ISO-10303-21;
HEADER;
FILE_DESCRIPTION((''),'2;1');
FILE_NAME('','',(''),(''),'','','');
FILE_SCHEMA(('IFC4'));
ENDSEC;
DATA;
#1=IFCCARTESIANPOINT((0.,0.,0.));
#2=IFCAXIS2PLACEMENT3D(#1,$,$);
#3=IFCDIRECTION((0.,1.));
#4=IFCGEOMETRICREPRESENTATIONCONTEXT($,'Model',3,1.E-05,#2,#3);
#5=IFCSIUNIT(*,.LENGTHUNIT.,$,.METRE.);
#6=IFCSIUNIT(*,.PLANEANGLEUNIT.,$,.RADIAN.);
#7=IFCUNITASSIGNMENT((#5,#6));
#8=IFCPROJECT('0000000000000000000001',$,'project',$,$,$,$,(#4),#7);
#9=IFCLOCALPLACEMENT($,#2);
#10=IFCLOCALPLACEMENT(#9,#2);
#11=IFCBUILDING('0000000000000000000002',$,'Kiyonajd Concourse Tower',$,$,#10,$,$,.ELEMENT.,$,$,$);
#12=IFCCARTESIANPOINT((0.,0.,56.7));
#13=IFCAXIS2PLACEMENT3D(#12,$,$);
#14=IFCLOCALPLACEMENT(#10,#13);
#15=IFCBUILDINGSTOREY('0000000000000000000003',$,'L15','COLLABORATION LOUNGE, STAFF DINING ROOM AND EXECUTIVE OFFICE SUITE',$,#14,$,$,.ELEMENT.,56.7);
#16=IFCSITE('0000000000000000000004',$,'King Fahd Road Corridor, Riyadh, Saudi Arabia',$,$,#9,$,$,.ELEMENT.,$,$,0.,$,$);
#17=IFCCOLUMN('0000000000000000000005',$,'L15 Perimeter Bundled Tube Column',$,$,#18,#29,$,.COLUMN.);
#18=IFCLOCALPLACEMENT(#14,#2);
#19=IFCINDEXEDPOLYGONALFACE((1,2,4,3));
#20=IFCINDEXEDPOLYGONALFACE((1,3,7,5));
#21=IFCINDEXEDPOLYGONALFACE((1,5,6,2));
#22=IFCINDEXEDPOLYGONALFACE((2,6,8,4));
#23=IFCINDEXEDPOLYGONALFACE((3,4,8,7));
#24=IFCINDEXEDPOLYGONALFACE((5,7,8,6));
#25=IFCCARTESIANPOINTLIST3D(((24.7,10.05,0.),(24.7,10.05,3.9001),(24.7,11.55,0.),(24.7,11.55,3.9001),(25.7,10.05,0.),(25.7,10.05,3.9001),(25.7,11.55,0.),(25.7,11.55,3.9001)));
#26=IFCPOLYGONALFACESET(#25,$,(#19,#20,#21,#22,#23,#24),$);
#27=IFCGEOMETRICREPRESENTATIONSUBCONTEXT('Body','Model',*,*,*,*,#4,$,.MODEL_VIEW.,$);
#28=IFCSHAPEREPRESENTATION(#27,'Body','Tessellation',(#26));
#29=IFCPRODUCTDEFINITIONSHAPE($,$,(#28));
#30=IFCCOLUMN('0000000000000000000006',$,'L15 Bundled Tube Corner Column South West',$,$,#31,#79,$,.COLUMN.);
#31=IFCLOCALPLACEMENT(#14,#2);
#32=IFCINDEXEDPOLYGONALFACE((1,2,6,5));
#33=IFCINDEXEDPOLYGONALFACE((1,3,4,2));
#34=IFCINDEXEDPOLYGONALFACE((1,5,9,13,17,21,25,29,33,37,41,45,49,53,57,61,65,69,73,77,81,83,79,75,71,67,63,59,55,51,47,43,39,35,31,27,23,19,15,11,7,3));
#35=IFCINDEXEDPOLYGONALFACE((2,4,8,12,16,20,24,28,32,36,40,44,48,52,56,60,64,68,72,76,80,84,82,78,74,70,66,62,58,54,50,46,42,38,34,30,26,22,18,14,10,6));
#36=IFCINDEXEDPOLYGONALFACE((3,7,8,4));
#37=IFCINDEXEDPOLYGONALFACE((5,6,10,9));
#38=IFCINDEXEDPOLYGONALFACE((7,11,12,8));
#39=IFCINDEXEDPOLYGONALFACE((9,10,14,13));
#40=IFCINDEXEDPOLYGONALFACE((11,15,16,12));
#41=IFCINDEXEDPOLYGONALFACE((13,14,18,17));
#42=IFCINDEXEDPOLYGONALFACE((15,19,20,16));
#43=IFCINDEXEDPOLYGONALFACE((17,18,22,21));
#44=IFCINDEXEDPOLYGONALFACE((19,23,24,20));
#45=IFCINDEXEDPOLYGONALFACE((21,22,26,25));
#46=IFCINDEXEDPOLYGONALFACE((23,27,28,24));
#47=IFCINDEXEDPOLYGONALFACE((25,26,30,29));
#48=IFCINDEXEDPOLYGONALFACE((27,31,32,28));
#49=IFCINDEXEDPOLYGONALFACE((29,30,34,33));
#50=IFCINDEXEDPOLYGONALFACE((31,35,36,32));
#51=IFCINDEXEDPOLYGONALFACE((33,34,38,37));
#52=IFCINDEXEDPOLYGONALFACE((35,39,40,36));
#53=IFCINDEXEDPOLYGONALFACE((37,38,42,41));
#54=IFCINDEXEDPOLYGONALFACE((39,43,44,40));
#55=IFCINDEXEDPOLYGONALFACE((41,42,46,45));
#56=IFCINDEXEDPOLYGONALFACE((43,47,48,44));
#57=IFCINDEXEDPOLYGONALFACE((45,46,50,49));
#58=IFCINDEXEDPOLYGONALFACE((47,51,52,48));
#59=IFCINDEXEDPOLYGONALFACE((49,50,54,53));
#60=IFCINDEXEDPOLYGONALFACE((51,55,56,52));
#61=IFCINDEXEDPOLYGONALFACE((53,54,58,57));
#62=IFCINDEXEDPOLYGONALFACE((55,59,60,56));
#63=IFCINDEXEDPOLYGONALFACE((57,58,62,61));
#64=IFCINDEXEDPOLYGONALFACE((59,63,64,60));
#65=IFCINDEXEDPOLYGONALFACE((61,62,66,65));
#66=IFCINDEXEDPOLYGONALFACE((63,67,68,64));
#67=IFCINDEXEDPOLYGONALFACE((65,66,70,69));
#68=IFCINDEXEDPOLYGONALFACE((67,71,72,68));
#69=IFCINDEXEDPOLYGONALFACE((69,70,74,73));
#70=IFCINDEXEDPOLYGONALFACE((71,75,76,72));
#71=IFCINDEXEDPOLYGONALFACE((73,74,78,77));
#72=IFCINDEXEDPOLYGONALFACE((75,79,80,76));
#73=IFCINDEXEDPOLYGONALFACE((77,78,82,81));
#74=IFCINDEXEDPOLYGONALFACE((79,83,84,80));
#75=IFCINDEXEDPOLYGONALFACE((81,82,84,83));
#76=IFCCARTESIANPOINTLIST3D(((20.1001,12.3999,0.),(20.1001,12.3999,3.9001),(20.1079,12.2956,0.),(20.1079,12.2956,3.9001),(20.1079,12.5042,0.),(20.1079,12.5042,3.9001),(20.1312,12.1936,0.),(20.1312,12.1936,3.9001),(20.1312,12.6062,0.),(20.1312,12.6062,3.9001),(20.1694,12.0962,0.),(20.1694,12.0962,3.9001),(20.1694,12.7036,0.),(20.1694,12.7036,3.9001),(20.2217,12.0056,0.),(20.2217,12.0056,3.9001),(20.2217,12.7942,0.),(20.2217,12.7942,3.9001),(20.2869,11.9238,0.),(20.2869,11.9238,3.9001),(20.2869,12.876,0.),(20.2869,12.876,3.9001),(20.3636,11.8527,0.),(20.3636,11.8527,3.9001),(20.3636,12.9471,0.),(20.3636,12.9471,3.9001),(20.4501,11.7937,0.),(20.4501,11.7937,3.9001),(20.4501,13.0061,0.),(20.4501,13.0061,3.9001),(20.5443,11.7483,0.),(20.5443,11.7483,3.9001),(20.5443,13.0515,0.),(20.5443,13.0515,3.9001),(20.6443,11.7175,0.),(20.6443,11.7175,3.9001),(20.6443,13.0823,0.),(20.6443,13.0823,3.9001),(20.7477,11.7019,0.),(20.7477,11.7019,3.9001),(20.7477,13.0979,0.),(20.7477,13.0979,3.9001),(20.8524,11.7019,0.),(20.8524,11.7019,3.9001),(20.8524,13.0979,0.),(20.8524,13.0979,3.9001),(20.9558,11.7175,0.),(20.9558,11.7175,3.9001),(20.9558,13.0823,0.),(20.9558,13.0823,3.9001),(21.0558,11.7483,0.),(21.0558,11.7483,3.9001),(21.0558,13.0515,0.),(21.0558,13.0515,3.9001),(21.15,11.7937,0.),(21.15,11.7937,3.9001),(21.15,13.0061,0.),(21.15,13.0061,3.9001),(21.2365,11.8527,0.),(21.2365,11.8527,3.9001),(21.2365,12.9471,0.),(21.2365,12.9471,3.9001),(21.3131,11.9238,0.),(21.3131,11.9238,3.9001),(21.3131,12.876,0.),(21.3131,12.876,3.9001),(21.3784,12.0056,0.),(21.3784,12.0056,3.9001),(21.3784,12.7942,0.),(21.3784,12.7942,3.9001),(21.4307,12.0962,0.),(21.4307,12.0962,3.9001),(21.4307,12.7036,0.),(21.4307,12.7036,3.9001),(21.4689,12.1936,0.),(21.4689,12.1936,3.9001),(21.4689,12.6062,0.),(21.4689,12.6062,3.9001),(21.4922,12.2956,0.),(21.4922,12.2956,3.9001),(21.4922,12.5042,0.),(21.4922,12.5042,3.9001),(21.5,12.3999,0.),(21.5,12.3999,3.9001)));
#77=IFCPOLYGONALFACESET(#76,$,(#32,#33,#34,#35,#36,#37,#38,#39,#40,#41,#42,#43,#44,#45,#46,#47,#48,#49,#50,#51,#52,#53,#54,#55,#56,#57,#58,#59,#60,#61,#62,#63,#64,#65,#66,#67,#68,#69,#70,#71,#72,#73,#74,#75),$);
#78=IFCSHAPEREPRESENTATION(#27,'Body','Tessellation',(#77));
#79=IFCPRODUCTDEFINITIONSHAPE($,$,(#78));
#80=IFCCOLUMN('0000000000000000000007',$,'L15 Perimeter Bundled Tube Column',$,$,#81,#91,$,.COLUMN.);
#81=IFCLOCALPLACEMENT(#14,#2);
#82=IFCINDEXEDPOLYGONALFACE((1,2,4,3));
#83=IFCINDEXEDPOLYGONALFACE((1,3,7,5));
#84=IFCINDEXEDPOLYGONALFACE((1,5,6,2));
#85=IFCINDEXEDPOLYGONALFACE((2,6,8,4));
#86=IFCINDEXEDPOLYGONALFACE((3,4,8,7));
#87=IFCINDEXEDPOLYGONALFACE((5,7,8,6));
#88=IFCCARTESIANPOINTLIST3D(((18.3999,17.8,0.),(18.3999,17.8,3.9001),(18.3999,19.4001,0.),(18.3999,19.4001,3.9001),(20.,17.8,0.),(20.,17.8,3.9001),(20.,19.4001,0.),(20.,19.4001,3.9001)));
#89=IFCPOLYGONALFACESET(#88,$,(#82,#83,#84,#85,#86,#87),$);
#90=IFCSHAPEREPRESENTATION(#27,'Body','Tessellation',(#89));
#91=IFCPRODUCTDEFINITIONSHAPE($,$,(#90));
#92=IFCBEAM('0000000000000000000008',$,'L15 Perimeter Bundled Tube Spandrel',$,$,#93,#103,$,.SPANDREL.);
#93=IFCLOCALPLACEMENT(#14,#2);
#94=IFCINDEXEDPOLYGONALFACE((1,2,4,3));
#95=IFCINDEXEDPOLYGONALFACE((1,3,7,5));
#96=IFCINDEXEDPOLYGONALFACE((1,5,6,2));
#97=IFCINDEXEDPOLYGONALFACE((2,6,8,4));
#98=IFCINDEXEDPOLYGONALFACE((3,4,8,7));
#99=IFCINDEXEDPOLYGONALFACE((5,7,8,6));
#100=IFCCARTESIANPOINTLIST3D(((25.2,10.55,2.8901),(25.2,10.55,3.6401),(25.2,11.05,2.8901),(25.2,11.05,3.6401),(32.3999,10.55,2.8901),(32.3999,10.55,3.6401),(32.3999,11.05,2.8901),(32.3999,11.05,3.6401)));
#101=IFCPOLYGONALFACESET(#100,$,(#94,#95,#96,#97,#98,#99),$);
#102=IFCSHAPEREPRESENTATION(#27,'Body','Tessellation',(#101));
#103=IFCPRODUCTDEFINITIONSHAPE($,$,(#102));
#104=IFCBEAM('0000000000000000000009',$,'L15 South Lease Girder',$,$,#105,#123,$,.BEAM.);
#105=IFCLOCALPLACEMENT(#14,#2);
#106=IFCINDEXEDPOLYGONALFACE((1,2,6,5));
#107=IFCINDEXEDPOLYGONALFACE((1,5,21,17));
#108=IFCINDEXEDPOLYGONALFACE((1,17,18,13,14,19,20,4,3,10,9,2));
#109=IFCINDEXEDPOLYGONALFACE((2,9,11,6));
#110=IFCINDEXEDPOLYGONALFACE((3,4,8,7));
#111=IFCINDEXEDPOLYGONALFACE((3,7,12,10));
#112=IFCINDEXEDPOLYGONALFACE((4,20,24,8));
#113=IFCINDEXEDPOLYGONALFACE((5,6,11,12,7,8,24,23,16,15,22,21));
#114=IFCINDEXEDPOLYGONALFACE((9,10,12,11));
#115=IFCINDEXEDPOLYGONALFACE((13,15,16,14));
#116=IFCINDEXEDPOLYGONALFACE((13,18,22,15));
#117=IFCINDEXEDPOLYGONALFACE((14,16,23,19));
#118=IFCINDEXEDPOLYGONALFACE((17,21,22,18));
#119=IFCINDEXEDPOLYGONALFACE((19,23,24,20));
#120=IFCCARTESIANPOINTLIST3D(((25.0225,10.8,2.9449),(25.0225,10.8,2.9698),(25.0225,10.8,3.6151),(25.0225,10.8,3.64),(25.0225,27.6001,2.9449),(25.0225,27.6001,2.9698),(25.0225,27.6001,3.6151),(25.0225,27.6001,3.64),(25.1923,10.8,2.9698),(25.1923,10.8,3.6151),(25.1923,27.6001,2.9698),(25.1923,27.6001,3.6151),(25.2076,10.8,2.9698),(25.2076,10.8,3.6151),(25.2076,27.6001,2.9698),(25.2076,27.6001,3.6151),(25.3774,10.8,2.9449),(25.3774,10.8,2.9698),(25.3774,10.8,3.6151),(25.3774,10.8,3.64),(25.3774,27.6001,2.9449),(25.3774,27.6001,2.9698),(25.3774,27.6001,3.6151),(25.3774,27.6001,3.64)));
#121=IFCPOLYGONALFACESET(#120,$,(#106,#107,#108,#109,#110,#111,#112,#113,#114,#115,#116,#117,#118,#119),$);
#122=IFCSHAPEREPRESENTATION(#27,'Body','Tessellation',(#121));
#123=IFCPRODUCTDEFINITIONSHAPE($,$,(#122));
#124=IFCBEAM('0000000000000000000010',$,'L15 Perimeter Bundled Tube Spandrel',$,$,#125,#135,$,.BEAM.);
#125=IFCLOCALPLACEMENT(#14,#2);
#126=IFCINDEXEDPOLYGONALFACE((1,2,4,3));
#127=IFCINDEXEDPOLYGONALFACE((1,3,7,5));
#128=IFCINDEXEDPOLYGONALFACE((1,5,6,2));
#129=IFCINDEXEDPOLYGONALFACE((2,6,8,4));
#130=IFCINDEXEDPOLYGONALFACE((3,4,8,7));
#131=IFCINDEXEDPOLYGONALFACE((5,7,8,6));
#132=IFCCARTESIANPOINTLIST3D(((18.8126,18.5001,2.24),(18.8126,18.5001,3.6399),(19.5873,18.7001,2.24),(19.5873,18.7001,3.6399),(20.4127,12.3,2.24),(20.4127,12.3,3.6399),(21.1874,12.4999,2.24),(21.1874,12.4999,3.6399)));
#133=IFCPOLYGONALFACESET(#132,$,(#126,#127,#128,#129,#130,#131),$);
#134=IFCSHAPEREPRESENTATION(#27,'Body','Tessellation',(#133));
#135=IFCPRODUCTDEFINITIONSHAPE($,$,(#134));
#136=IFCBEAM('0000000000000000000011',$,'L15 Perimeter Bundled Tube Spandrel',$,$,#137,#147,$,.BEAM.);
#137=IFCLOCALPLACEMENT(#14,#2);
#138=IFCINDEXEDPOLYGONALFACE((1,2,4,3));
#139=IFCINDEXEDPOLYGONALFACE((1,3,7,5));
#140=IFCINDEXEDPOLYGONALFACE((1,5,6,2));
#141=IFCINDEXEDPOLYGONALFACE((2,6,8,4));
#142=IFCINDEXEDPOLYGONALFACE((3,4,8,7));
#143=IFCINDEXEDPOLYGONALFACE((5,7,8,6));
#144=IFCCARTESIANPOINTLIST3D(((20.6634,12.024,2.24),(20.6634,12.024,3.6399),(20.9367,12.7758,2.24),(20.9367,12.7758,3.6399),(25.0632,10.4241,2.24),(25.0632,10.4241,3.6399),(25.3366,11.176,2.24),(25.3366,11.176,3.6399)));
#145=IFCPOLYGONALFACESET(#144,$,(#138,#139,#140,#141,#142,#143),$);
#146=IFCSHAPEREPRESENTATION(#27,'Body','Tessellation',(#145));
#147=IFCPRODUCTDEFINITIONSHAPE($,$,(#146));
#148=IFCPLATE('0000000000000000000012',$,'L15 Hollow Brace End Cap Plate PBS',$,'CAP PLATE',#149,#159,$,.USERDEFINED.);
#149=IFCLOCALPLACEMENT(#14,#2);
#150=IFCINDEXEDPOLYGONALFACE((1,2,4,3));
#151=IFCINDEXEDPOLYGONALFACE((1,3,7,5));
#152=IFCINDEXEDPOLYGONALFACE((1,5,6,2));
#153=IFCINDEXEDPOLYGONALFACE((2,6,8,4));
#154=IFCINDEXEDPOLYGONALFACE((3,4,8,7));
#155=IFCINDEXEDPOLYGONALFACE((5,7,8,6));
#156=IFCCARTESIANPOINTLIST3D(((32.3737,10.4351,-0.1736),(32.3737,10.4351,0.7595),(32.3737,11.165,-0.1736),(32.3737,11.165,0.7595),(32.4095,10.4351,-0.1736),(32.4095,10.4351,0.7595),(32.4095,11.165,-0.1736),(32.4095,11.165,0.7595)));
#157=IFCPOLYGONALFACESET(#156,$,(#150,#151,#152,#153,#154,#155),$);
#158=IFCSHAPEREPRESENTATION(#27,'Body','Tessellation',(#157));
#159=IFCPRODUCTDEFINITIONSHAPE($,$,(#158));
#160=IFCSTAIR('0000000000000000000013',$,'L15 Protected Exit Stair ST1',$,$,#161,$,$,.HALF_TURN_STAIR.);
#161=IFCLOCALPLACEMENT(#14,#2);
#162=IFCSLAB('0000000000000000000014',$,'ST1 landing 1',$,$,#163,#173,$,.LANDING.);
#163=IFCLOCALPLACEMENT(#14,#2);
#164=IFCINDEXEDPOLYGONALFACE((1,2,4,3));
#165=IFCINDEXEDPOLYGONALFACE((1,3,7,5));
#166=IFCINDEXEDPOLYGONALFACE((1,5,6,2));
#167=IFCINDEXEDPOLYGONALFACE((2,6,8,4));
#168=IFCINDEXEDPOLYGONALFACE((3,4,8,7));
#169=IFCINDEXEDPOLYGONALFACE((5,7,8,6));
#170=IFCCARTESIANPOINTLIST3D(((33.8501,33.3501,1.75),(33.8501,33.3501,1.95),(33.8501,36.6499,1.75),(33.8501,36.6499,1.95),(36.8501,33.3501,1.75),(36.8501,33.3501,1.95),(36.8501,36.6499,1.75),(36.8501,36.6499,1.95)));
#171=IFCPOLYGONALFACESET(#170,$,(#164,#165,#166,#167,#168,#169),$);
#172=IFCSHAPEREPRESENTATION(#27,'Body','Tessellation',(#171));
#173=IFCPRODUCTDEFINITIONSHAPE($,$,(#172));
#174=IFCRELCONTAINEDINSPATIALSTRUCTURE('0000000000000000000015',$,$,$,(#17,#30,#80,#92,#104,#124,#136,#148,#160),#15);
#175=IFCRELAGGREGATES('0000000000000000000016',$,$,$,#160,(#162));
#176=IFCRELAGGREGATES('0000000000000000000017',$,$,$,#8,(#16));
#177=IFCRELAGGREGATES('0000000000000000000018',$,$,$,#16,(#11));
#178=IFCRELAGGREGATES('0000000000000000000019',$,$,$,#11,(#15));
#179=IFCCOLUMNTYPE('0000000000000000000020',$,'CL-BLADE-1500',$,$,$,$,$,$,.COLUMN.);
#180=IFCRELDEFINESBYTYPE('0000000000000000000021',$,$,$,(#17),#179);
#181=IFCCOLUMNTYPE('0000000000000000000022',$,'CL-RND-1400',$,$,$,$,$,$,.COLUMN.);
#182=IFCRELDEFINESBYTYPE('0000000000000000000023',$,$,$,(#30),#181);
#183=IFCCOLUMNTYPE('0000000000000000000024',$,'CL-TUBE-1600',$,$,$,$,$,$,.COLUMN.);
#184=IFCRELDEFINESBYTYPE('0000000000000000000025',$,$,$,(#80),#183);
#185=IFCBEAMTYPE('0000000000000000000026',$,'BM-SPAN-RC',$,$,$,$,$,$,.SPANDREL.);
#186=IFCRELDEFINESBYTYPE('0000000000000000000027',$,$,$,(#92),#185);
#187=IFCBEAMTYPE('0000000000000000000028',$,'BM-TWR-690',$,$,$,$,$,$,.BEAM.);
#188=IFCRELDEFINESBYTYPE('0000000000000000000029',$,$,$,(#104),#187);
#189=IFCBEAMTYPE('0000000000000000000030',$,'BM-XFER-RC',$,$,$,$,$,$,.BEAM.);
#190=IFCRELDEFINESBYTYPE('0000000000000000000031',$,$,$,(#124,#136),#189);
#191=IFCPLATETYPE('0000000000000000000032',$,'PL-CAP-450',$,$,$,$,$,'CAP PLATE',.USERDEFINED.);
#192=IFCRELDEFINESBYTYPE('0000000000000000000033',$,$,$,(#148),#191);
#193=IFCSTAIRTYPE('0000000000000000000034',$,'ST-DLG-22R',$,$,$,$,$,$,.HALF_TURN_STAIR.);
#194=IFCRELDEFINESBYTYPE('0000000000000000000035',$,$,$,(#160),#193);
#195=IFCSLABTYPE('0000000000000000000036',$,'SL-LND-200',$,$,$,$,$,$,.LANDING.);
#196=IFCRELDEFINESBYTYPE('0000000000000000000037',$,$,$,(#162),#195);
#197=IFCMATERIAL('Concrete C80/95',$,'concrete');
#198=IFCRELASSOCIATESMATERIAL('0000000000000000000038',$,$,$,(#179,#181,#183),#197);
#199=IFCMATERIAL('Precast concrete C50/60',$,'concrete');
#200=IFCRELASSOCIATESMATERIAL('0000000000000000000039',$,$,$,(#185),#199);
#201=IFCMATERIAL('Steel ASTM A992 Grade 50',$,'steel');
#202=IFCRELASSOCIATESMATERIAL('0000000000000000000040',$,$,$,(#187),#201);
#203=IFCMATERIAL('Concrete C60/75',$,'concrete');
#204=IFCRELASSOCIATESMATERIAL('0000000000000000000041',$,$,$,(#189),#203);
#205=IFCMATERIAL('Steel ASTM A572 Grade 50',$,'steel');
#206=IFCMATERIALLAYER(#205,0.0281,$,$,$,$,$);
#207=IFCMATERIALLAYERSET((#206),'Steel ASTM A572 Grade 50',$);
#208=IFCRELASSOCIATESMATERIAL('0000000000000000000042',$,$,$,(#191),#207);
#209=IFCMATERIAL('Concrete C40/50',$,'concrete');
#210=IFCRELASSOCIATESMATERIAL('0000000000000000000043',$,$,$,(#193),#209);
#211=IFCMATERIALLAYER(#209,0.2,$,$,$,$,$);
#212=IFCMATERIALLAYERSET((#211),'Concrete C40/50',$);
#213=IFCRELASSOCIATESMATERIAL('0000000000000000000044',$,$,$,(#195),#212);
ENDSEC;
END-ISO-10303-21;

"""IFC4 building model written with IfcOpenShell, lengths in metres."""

from ifc_helpers import new_model, si_unit, direction, frame, origin, origin_2d, place, context, subcontext, project, spatial, polyline, rectangle, circle, i_section, outline, extrude, material, layer, layer_set, material_profile, profile_set, type_object, element, aggregate, save


model = new_model("IFC4")

# Units and contexts
model_context = context("Model", 3, precision=1e-05, world=origin(), true_north=direction((0.0, 1.0)))
body_context = subcontext(model_context, "Body", "Model", "MODEL_VIEW")
ifc_project = project(units=[si_unit("LENGTHUNIT", "METRE"), si_unit("PLANEANGLEUNIT", "RADIAN")], contexts=[model_context])

# Site, building, storey
site_placement = place(None, origin())
site = spatial("IfcSite", under=ifc_project, at=site_placement, Name="King Fahd Road Corridor, Riyadh, Saudi Arabia", CompositionType="ELEMENT", RefElevation=0.0)
building_placement = place(site_placement, origin())
building = spatial("IfcBuilding", under=site, at=building_placement, Name="Kiyonajd Concourse Tower", CompositionType="ELEMENT")
storey_placement = place(building_placement, frame((0.0, 0.0, 56.7)))
storey = spatial("IfcBuildingStorey", under=building, at=storey_placement, Name="L15", Description="COLLABORATION LOUNGE, STAFF DINING ROOM AND EXECUTIVE OFFICE SUITE", CompositionType="ELEMENT", Elevation=56.7)

# Columns
ifc_material_1 = material(Name="Concrete C80/95", Category="concrete")
ifc_material_profile_1 = material_profile(ifc_material_1, rectangle(XDim=1.0, YDim=1.5, at=origin_2d()), Name="RC-1500x1000")
ifc_profile_set_1 = profile_set([ifc_material_profile_1], Name="Concrete C80/95")
column_type_1 = type_object("IfcColumnType", Name="CL-BLADE-1500", PredefinedType="COLUMN", material=ifc_profile_set_1)
column_1_placement = place(storey_placement, frame((25.2, 10.8, 0.0), z_axis=(0.0, 0.0, 1.0), x_axis=(1.0, 0.0, 0.0)))
element("IfcColumn", 1, at=column_1_placement, inside=storey, type_object=column_type_1, Name="L15 Perimeter Bundled Tube Column", PredefinedType="COLUMN", context=body_context, shape_type="SweptSolid", body=[
    extrude(rectangle(XDim=1.0, YDim=1.5, at=origin_2d()), origin(), (0.0, 0.0, 1.0), 3.9001),
])
ifc_material_profile_2 = material_profile(ifc_material_1, circle(Radius=0.7, at=origin_2d()), Name="RCC-D1400")
ifc_profile_set_2 = profile_set([ifc_material_profile_2], Name="Concrete C80/95")
column_type_2 = type_object("IfcColumnType", Name="CL-RND-1400", PredefinedType="COLUMN", material=ifc_profile_set_2)
column_2_placement = place(storey_placement, frame((20.8, 12.3999, 0.0), z_axis=(0.0, 0.0, 1.0), x_axis=(1.0, 0.0, 0.0)))
element("IfcColumn", 2, at=column_2_placement, inside=storey, type_object=column_type_2, Name="L15 Bundled Tube Corner Column South West", PredefinedType="COLUMN", context=body_context, shape_type="SweptSolid", body=[
    extrude(circle(Radius=0.7, at=origin_2d()), origin(), (0.0, 0.0, 1.0), 3.9001),
])
ifc_material_profile_3 = material_profile(ifc_material_1, rectangle(XDim=1.6001, YDim=1.6001, at=origin_2d()), Name="RC-1600x1600")
ifc_profile_set_3 = profile_set([ifc_material_profile_3], Name="Concrete C80/95")
column_type_3 = type_object("IfcColumnType", Name="CL-TUBE-1600", PredefinedType="COLUMN", material=ifc_profile_set_3)
column_3_placement = place(storey_placement, frame((19.2, 18.6001, 0.0), z_axis=(0.0, 0.0, 1.0), x_axis=(1.0, 0.0, 0.0)))
element("IfcColumn", 3, at=column_3_placement, inside=storey, type_object=column_type_3, Name="L15 Perimeter Bundled Tube Column", PredefinedType="COLUMN", context=body_context, shape_type="SweptSolid", body=[
    extrude(rectangle(XDim=1.6001, YDim=1.6001, at=origin_2d()), origin(), (0.0, 0.0, 1.0), 3.9001),
])

# Beams
ifc_material_2 = material(Name="Precast concrete C50/60", Category="concrete")
ifc_material_profile_4 = material_profile(ifc_material_2, rectangle(XDim=0.5, YDim=0.75, at=origin_2d()), Name="RCBM-500x750")
ifc_profile_set_4 = profile_set([ifc_material_profile_4], Name="Precast concrete C50/60")
beam_type_1 = type_object("IfcBeamType", Name="BM-SPAN-RC", PredefinedType="SPANDREL", material=ifc_profile_set_4)
beam_1_placement = place(storey_placement, frame((25.2, 10.8, 3.2651), z_axis=(1.0, 0.0, 0.0), x_axis=(0.0, 1.0, 0.0)))
element("IfcBeam", 4, at=beam_1_placement, inside=storey, type_object=beam_type_1, Name="L15 Perimeter Bundled Tube Spandrel", PredefinedType="SPANDREL", context=body_context, shape_type="SweptSolid", body=[
    extrude(rectangle(XDim=0.5, YDim=0.75, at=origin_2d()), origin(), (0.0, 0.0, 1.0), 7.2),
])
ifc_material_3 = material(Name="Steel ASTM A992 Grade 50", Category="steel")
ifc_material_profile_5 = material_profile(ifc_material_3, i_section(OverallWidth=0.355, OverallDepth=0.6951, WebThickness=0.0154, FlangeThickness=0.0249, at=origin_2d()), Name="W690X217")
ifc_profile_set_5 = profile_set([ifc_material_profile_5], Name="Steel ASTM A992 Grade 50")
beam_type_2 = type_object("IfcBeamType", Name="BM-TWR-690", PredefinedType="BEAM", material=ifc_profile_set_5)
beam_2_placement = place(storey_placement, frame((25.2, 10.8, 3.2925), z_axis=(0.0, 1.0, 0.0), x_axis=(-1.0, 0.0, 0.0)))
element("IfcBeam", 5, at=beam_2_placement, inside=storey, type_object=beam_type_2, Name="L15 South Lease Girder", PredefinedType="BEAM", context=body_context, shape_type="SweptSolid", body=[
    extrude(i_section(OverallWidth=0.355, OverallDepth=0.6951, WebThickness=0.0154, FlangeThickness=0.0249, at=origin_2d()), origin(), (0.0, 0.0, 1.0), 16.8),
])
ifc_material_4 = material(Name="Concrete C60/75", Category="concrete")
ifc_material_profile_6 = material_profile(ifc_material_4, rectangle(XDim=0.8, YDim=1.3999, at=origin_2d()), Name="RCBM-800x1400")
ifc_profile_set_6 = profile_set([ifc_material_profile_6], Name="Concrete C60/75")
beam_type_3 = type_object("IfcBeamType", Name="BM-XFER-RC", PredefinedType="BEAM", material=ifc_profile_set_6)
beam_3_placement = place(storey_placement, frame((19.2, 18.6001, 2.9399), z_axis=(0.249885, -0.968276, 0.0), x_axis=(0.968276, 0.249885, 0.0)))
element("IfcBeam", 6, at=beam_3_placement, inside=storey, type_object=beam_type_3, Name="L15 Perimeter Bundled Tube Spandrel", PredefinedType="BEAM", context=body_context, shape_type="SweptSolid", body=[
    extrude(rectangle(XDim=0.8, YDim=1.3999, at=origin_2d()), origin(), (0.0, 0.0, 1.0), 6.4033),
])
beam_4_placement = place(storey_placement, frame((20.8, 12.3999, 2.9399), z_axis=(0.939801, -0.341722, 0.0), x_axis=(0.341722, 0.939801, 0.0)))
element("IfcBeam", 7, at=beam_4_placement, inside=storey, type_object=beam_type_3, Name="L15 Perimeter Bundled Tube Spandrel", PredefinedType="BEAM", context=body_context, shape_type="SweptSolid", body=[
    extrude(rectangle(XDim=0.8, YDim=1.3999, at=origin_2d()), origin(), (0.0, 0.0, 1.0), 4.6816),
])

# Plate
ifc_material_5 = material(Name="Steel ASTM A572 Grade 50", Category="steel")
ifc_layer_1 = layer(ifc_material_5, 0.0281)
ifc_layer_set_1 = layer_set([ifc_layer_1], Name="Steel ASTM A572 Grade 50")
plate_type = type_object("IfcPlateType", Name="PL-CAP-450", ElementType="CAP PLATE", PredefinedType="USERDEFINED", material=ifc_layer_set_1)
plate_placement = place(storey_placement, frame((32.3916, 10.8, -0.1736), z_axis=(0.0, 0.0, 1.0), x_axis=(-1.0, 0.0, 0.0)))
element("IfcPlate", 8, at=plate_placement, inside=storey, type_object=plate_type, Name="L15 Hollow Brace End Cap Plate PBS", ObjectType="CAP PLATE", PredefinedType="USERDEFINED", context=body_context, shape_type="SweptSolid", body=[
    extrude(rectangle(XDim=0.0359, YDim=0.73, at=origin_2d()), origin(), (0.0, 0.0, 1.0), 0.9331),
])

# Stair, slab
ifc_material_6 = material(Name="Concrete C40/50", Category="concrete")
stair_type = type_object("IfcStairType", Name="ST-DLG-22R", PredefinedType="HALF_TURN_STAIR", material=ifc_material_6)
stair_1_placement = place(storey_placement, origin())
stair_1 = element("IfcStair", 9, at=stair_1_placement, inside=storey, type_object=stair_type, Name="L15 Protected Exit Stair ST1", PredefinedType="HALF_TURN_STAIR")
ifc_layer_2 = layer(ifc_material_6, 0.2)
ifc_layer_set_2 = layer_set([ifc_layer_2], Name="Concrete C40/50")
slab_type_1 = type_object("IfcSlabType", Name="SL-LND-200", PredefinedType="LANDING", material=ifc_layer_set_2)
slab_1_placement = place(storey_placement, frame((0.0, 0.0, 1.75)))
slab_1 = element("IfcSlab", 10, at=slab_1_placement, type_object=slab_type_1, Name="ST1 landing 1", PredefinedType="LANDING", context=body_context, shape_type="SweptSolid", body=[
    extrude(outline(polyline([(36.8501, 33.3501), (36.8501, 36.6499), (33.8501, 36.6499), (33.8501, 33.3501), (36.8501, 33.3501)])), origin(), (0.0, 0.0, 1.0), 0.2),
])
aggregate(stair_1, [slab_1])

save(model, "model.ifc")
